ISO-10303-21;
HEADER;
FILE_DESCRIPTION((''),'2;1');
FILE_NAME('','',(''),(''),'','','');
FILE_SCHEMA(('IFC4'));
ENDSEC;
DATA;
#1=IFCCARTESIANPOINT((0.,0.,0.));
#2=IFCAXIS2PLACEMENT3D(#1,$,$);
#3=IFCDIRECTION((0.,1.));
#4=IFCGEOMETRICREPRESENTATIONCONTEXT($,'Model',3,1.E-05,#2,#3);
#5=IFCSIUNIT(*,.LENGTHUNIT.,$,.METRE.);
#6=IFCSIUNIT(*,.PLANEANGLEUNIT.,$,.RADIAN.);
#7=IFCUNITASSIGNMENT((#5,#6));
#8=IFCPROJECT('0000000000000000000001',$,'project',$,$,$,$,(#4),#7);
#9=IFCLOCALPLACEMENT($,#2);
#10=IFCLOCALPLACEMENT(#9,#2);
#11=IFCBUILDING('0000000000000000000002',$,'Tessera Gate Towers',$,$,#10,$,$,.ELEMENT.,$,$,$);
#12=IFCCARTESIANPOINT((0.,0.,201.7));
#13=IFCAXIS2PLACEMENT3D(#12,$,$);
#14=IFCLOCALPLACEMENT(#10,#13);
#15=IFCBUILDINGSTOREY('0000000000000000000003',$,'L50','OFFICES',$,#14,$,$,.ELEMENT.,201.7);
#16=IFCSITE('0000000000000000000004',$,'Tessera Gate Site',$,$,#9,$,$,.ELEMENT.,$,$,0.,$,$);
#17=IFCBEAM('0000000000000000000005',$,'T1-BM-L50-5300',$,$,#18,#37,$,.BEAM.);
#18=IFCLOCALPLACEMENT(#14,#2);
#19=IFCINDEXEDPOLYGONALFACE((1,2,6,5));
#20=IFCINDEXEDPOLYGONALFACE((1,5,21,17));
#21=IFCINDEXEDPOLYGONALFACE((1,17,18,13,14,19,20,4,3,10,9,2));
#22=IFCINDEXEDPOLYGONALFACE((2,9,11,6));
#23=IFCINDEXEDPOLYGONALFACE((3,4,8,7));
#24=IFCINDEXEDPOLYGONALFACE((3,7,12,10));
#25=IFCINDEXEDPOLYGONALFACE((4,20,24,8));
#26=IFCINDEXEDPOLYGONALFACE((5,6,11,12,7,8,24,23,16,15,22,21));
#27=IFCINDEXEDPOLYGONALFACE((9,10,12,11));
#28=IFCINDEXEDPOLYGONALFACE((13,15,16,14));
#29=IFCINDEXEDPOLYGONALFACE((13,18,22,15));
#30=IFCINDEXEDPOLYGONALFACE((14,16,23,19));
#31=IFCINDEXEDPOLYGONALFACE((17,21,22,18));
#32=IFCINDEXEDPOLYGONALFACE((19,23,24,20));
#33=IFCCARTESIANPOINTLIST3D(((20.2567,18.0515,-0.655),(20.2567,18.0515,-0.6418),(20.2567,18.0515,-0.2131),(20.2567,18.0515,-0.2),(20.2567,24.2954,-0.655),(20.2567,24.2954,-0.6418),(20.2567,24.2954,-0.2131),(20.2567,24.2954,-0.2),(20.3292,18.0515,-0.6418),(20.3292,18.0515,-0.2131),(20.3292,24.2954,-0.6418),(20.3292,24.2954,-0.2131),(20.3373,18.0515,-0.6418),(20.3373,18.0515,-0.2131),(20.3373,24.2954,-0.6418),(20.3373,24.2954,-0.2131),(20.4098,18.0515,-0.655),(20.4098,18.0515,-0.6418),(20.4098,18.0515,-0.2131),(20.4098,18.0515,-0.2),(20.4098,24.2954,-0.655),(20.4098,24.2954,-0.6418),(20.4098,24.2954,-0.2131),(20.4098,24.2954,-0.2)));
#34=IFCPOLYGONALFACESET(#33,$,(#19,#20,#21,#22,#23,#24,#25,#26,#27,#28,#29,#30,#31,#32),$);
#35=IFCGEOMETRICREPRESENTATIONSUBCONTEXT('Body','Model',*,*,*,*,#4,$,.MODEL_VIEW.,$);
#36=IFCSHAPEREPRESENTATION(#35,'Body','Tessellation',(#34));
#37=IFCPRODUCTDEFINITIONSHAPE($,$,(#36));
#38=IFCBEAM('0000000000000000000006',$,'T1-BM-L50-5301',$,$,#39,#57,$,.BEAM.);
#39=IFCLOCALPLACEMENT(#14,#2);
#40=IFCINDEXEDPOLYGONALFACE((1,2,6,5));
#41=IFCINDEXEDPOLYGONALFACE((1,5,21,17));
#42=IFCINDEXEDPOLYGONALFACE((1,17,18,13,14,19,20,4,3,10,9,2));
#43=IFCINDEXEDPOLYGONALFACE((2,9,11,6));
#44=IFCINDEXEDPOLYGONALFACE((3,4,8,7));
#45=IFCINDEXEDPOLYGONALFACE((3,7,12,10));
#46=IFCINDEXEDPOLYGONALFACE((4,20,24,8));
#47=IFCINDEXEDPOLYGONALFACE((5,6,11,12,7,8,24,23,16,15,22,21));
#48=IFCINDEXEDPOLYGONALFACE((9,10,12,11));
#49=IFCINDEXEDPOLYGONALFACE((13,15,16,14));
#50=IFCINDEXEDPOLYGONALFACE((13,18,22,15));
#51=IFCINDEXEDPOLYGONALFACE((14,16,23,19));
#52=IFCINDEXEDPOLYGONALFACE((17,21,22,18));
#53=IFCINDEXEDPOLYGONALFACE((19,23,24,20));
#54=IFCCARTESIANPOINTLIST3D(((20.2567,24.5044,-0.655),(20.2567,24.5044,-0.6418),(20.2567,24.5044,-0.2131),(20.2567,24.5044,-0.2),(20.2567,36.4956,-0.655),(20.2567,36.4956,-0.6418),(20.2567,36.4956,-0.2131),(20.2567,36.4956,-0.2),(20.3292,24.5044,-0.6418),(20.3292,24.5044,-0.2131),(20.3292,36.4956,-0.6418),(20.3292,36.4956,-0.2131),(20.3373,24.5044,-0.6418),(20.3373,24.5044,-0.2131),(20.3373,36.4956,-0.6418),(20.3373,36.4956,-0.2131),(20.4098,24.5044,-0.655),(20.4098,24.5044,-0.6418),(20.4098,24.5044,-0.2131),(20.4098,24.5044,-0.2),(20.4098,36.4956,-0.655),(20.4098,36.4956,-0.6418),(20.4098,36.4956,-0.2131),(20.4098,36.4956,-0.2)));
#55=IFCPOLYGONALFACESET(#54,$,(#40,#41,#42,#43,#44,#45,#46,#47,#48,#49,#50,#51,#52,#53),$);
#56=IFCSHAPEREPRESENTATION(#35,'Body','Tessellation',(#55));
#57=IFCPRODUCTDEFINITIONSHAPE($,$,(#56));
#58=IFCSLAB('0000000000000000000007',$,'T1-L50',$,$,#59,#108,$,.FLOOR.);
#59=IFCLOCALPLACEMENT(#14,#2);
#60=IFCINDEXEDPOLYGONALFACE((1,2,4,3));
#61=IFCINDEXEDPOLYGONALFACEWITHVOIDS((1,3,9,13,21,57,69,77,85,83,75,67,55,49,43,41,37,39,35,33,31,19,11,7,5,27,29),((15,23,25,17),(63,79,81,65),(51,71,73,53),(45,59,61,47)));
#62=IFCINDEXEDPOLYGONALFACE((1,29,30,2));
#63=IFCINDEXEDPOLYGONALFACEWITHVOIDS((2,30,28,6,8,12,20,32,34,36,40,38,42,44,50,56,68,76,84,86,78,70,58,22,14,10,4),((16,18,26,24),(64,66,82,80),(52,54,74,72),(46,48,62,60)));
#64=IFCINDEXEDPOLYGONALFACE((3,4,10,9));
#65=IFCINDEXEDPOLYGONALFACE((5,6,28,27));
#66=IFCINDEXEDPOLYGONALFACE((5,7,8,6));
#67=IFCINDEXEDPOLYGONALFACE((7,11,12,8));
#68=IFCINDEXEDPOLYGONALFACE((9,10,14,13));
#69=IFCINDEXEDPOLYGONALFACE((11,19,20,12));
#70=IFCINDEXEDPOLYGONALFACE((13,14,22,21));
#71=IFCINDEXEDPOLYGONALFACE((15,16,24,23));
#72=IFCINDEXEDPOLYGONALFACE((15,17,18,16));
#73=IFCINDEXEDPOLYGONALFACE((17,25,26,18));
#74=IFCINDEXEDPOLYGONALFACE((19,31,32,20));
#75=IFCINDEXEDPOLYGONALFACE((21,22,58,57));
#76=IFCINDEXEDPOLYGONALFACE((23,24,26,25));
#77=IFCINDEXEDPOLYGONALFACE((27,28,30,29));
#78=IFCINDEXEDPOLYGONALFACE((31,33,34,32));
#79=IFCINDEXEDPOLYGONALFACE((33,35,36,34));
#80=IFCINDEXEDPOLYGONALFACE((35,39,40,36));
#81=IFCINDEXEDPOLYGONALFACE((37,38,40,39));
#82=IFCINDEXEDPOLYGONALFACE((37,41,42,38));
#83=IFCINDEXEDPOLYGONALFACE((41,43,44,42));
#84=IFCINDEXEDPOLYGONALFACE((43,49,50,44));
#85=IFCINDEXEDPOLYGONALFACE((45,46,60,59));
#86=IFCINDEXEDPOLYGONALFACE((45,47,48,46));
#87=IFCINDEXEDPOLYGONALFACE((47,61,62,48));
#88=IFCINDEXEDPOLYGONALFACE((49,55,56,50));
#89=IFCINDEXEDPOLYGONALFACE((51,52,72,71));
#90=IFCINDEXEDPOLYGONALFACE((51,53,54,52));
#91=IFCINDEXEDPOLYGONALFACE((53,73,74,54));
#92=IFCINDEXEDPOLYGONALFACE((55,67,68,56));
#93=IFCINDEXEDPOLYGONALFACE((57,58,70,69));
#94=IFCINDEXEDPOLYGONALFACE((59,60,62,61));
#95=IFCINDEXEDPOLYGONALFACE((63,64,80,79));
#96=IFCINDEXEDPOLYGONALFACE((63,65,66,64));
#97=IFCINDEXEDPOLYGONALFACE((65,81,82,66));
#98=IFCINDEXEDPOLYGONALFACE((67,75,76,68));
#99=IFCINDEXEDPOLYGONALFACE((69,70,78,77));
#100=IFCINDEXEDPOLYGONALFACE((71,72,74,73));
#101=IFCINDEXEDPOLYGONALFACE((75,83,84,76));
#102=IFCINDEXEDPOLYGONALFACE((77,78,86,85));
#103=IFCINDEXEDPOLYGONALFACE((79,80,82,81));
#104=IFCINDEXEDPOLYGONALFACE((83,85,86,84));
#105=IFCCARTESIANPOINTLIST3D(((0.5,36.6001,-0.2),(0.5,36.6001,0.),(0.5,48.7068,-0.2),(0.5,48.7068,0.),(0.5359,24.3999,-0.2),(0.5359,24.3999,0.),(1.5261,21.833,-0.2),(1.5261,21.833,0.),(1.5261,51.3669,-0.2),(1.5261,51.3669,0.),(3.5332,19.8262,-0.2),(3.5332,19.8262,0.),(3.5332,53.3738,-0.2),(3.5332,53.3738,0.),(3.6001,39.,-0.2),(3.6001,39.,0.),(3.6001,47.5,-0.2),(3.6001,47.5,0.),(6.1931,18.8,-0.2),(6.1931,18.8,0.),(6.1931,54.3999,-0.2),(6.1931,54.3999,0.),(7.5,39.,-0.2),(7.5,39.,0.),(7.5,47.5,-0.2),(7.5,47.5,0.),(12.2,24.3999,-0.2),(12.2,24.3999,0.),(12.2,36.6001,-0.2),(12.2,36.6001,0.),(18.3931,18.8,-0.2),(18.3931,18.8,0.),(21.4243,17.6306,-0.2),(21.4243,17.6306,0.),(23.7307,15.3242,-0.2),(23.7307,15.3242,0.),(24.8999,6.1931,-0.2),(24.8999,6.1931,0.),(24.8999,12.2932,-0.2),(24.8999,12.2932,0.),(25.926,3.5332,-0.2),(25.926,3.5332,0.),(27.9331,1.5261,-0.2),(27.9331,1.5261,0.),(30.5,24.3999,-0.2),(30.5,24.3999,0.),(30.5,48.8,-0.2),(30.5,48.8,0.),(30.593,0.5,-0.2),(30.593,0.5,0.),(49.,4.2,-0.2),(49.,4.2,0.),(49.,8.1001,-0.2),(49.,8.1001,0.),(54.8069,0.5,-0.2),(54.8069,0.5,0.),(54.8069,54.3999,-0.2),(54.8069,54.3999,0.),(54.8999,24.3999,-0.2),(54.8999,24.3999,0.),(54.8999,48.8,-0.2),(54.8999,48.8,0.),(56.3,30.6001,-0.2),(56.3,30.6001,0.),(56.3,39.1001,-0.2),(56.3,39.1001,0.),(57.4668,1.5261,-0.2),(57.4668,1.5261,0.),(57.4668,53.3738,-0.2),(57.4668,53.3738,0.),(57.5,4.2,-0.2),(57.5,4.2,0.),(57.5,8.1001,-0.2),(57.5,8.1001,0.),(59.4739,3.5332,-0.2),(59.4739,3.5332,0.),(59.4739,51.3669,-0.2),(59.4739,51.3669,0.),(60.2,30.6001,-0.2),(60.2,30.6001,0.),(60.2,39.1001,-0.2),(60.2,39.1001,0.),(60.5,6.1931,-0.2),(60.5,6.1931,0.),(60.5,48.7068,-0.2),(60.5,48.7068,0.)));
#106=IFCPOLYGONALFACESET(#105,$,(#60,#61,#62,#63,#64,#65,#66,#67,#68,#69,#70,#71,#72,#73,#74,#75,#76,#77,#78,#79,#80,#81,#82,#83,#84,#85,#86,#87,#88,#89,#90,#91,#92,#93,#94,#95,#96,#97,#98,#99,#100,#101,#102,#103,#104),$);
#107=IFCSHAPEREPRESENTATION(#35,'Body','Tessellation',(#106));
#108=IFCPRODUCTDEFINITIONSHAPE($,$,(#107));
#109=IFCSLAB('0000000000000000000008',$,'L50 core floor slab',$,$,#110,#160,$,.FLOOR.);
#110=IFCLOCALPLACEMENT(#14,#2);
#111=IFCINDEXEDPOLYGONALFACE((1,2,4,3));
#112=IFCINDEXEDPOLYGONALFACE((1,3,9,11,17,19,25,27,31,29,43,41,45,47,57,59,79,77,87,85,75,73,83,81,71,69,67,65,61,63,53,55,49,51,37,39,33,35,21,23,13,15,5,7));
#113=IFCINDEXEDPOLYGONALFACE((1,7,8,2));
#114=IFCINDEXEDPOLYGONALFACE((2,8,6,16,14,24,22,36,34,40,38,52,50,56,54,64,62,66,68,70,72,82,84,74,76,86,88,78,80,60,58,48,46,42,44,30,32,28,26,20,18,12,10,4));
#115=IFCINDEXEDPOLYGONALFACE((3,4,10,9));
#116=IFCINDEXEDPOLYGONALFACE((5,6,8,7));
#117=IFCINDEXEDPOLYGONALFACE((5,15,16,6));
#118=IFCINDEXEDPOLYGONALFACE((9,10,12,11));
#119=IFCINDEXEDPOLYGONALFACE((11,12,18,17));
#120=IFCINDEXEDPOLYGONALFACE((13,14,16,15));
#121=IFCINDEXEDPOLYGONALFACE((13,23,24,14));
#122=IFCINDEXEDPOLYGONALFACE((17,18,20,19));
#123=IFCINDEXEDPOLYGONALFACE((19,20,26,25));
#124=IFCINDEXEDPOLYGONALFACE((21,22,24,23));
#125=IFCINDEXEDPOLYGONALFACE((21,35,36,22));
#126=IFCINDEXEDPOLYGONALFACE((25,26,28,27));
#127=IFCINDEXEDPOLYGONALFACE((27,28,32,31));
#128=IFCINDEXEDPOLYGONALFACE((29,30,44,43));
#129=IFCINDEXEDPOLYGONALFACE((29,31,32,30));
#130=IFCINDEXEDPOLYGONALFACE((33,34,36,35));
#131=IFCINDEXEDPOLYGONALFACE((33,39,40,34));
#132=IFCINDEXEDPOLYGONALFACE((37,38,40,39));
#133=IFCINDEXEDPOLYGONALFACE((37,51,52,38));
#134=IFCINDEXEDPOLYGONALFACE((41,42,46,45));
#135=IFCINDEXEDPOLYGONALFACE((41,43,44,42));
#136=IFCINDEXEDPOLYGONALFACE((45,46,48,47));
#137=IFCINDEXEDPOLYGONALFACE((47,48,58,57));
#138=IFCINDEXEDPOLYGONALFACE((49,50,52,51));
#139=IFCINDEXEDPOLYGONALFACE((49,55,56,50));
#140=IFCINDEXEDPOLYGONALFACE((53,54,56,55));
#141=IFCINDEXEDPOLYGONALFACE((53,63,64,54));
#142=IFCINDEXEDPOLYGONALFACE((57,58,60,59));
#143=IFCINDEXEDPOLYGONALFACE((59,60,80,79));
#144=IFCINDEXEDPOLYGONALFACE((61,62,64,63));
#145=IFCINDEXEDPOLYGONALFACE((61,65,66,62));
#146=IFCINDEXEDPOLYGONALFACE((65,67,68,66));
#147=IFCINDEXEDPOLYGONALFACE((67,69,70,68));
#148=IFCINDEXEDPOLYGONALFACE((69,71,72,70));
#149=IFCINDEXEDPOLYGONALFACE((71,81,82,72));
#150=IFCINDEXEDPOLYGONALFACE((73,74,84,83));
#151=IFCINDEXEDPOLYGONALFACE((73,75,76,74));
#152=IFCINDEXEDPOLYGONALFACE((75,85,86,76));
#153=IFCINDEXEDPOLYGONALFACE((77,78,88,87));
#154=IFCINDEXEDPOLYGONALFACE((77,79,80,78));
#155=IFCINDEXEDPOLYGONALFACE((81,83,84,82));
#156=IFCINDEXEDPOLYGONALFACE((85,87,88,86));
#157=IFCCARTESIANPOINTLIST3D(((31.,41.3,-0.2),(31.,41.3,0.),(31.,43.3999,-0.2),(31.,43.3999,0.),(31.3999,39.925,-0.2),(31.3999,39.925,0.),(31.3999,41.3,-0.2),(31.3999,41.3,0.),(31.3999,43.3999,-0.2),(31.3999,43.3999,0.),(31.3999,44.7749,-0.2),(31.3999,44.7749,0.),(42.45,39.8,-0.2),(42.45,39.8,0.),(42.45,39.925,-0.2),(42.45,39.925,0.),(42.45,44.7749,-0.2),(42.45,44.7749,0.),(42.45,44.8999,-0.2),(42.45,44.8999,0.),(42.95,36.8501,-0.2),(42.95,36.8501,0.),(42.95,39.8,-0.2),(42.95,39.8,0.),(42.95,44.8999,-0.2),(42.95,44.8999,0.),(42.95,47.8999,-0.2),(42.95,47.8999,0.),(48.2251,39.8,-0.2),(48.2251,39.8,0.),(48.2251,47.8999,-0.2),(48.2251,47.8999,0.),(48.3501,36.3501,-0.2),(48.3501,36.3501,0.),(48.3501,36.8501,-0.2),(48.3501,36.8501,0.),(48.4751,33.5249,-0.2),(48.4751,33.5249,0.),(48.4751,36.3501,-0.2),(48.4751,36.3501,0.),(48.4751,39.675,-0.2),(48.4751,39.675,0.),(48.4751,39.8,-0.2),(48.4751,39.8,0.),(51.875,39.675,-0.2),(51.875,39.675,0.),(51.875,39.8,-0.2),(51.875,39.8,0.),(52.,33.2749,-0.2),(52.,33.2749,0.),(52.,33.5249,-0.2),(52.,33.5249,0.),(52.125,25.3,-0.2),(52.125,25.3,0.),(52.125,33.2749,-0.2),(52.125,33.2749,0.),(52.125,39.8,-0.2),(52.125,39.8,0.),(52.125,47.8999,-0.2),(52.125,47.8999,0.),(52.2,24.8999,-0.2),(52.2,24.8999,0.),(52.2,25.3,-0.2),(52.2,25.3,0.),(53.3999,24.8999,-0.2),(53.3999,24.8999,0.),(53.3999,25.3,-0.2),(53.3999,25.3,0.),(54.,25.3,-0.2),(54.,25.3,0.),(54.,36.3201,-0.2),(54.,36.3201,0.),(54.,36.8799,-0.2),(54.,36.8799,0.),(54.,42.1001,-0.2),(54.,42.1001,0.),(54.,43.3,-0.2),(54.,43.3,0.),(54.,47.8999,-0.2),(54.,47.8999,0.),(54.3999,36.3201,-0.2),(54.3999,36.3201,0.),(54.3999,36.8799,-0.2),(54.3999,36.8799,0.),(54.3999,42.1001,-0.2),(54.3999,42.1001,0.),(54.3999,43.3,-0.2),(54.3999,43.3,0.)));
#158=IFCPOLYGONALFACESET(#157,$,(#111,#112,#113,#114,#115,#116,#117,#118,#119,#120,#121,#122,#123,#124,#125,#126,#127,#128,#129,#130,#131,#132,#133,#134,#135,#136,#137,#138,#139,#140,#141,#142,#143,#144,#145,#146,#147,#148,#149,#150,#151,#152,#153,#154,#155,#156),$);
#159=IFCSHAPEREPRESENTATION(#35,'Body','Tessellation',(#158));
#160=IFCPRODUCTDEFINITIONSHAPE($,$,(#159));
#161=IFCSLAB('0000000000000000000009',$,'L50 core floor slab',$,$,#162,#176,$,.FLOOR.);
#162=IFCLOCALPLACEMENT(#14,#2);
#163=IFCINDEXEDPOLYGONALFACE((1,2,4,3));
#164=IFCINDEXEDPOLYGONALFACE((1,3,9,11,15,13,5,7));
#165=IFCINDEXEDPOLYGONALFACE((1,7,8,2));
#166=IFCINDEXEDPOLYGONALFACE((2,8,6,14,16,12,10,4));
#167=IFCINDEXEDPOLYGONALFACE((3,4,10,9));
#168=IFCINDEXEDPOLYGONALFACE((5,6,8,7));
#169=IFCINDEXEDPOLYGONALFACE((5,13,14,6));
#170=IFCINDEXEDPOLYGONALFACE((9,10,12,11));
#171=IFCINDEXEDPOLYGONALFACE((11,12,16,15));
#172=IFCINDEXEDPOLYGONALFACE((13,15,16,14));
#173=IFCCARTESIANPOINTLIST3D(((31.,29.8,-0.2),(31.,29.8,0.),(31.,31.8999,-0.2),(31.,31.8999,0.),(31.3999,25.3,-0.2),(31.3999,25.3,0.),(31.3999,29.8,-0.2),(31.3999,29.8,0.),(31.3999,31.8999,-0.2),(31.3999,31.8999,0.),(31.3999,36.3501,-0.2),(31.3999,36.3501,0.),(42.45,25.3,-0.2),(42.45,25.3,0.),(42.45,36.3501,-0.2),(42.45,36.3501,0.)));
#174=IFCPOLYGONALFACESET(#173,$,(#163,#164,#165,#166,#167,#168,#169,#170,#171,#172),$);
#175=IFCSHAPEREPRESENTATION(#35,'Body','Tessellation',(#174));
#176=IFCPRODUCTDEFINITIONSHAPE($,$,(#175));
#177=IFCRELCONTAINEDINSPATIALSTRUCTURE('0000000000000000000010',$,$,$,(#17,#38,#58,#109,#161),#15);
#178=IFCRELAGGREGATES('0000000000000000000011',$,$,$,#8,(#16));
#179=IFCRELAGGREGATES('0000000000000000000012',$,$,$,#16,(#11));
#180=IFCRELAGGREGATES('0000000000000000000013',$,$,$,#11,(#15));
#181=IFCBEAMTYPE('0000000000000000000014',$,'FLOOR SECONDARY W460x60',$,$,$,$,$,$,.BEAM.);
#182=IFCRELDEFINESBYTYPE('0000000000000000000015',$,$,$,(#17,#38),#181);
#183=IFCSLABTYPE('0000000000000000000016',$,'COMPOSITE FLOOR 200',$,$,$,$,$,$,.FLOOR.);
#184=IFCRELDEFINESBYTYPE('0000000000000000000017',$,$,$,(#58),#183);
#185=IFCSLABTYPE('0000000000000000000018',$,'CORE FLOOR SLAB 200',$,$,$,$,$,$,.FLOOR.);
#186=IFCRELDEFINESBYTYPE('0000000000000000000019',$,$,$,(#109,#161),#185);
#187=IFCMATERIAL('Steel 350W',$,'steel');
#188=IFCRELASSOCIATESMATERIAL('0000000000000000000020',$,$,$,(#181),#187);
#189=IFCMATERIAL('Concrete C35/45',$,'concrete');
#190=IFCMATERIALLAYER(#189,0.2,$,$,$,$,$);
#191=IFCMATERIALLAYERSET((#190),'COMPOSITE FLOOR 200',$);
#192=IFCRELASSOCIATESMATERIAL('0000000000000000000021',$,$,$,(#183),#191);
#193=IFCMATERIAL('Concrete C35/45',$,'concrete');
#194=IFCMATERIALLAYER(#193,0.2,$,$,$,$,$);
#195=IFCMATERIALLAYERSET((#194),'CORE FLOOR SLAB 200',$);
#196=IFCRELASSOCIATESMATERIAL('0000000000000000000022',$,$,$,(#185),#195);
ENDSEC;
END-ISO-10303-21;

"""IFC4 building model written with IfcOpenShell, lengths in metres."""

from ifc_helpers import new_model, si_unit, direction, frame, origin, origin_2d, place, context, subcontext, project, spatial, polyline, i_section, outline, extrude, material, layer, layer_set, material_profile, profile_set, type_object, element, save


model = new_model("IFC4")

# Units and contexts
model_context = context("Model", 3, precision=1e-05, world=origin(), true_north=direction((0.0, 1.0)))
body_context = subcontext(model_context, "Body", "Model", "MODEL_VIEW")
ifc_project = project(units=[si_unit("LENGTHUNIT", "METRE"), si_unit("PLANEANGLEUNIT", "RADIAN")], contexts=[model_context])

# Site, building, storey
site_placement = place(None, origin())
site = spatial("IfcSite", under=ifc_project, at=site_placement, Name="Tessera Gate Site", CompositionType="ELEMENT", RefElevation=0.0)
building_placement = place(site_placement, origin())
building = spatial("IfcBuilding", under=site, at=building_placement, Name="Tessera Gate Towers", CompositionType="ELEMENT")
storey_placement = place(building_placement, frame((0.0, 0.0, 201.7)))
storey = spatial("IfcBuildingStorey", under=building, at=storey_placement, Name="L50", Description="OFFICES", CompositionType="ELEMENT", Elevation=201.7)

# Beams
ifc_material_1 = material(Name="Steel 350W", Category="steel")
ifc_material_profile_1 = material_profile(ifc_material_1, i_section(OverallWidth=0.1531, OverallDepth=0.4551, WebThickness=0.0081, FlangeThickness=0.0132, at=origin_2d()), Name="W460x60")
ifc_profile_set_1 = profile_set([ifc_material_profile_1], Name="Steel 350W")
beam_type_1 = type_object("IfcBeamType", Name="FLOOR SECONDARY W460x60", PredefinedType="BEAM", material=ifc_profile_set_1)
beam_1_placement = place(storey_placement, frame((20.3333, 18.0515, -0.4275), z_axis=(0.0, 1.0, 0.0), x_axis=(-1.0, 0.0, 0.0)))
element("IfcBeam", 1, at=beam_1_placement, inside=storey, type_object=beam_type_1, Name="T1-BM-L50-5300", PredefinedType="BEAM", context=body_context, shape_type="SweptSolid", body=[
    extrude(i_section(OverallWidth=0.1531, OverallDepth=0.4551, WebThickness=0.0081, FlangeThickness=0.0132, at=origin_2d()), origin(), (0.0, 0.0, 1.0), 6.2439),
])
beam_2_placement = place(storey_placement, frame((20.3333, 24.5044, -0.4275), z_axis=(0.0, 1.0, 0.0), x_axis=(-1.0, 0.0, 0.0)))
element("IfcBeam", 2, at=beam_2_placement, inside=storey, type_object=beam_type_1, Name="T1-BM-L50-5301", PredefinedType="BEAM", context=body_context, shape_type="SweptSolid", body=[
    extrude(i_section(OverallWidth=0.1531, OverallDepth=0.4551, WebThickness=0.0081, FlangeThickness=0.0132, at=origin_2d()), origin(), (0.0, 0.0, 1.0), 11.9912),
])

# Slabs
ifc_material_2 = material(Name="Concrete C35/45", Category="concrete")
ifc_layer_1 = layer(ifc_material_2, 0.2)
ifc_layer_set_1 = layer_set([ifc_layer_1], Name="COMPOSITE FLOOR 200")
slab_type_1 = type_object("IfcSlabType", Name="COMPOSITE FLOOR 200", PredefinedType="FLOOR", material=ifc_layer_set_1)
slab_1_placement = place(storey_placement, frame((0.0, 0.0, -0.2)))
element("IfcSlab", 3, at=slab_1_placement, inside=storey, type_object=slab_type_1, Name="T1-L50", PredefinedType="FLOOR", context=body_context, shape_type="SweptSolid", body=[
    extrude(outline(polyline([(0.5, 36.6001), (12.2, 36.6001), (12.2, 24.3999), (0.5359, 24.3999), (1.5261, 21.833), (3.5332, 19.8262), (6.1931, 18.8), (18.3931, 18.8), (21.4243, 17.6306), (23.7307, 15.3242), (24.8999, 12.2932), (24.8999, 6.1931), (25.926, 3.5332), (27.9331, 1.5261), (30.593, 0.5), (54.8069, 0.5), (57.4668, 1.5261), (59.4739, 3.5332), (60.5, 6.1931), (60.5, 48.7068), (59.4739, 51.3669), (57.4668, 53.3738), (54.8069, 54.3999), (6.1931, 54.3999), (3.5332, 53.3738), (1.5261, 51.3669), (0.5, 48.7068), (0.5, 36.6001)]), holes=[polyline([(3.6001, 39.0), (3.6001, 47.5), (7.5, 47.5), (7.5, 39.0), (3.6001, 39.0)]), polyline([(30.5, 24.3999), (30.5, 48.8), (54.8999, 48.8), (54.8999, 24.3999), (30.5, 24.3999)]), polyline([(49.0, 4.2), (49.0, 8.1001), (57.5, 8.1001), (57.5, 4.2), (49.0, 4.2)]), polyline([(56.3, 30.6001), (56.3, 39.1001), (60.2, 39.1001), (60.2, 30.6001), (56.3, 30.6001)])]), origin(), (0.0, 0.0, 1.0), 0.2),
])
ifc_material_3 = material(Name="Concrete C35/45", Category="concrete")
ifc_layer_2 = layer(ifc_material_3, 0.2)
ifc_layer_set_2 = layer_set([ifc_layer_2], Name="CORE FLOOR SLAB 200")
slab_type_2 = type_object("IfcSlabType", Name="CORE FLOOR SLAB 200", PredefinedType="FLOOR", material=ifc_layer_set_2)
slab_2_placement = place(storey_placement, frame((0.0, 0.0, -0.2)))
element("IfcSlab", 4, at=slab_2_placement, inside=storey, type_object=slab_type_2, Name="L50 core floor slab", PredefinedType="FLOOR", context=body_context, shape_type="SweptSolid", body=[
    extrude(outline(polyline([(42.45, 44.8999), (42.45, 44.7749), (31.3999, 44.7749), (31.3999, 43.3999), (31.0, 43.3999), (31.0, 41.3), (31.3999, 41.3), (31.3999, 39.925), (42.45, 39.925), (42.45, 39.8), (42.95, 39.8), (42.95, 36.8501), (48.3501, 36.8501), (48.3501, 36.3501), (48.4751, 36.3501), (48.4751, 33.5249), (52.0, 33.5249), (52.0, 33.2749), (52.125, 33.2749), (52.125, 25.3), (52.2, 25.3), (52.2, 24.8999), (53.3999, 24.8999), (53.3999, 25.3), (54.0, 25.3), (54.0, 36.3201), (54.3999, 36.3201), (54.3999, 36.8799), (54.0, 36.8799), (54.0, 42.1001), (54.3999, 42.1001), (54.3999, 43.3), (54.0, 43.3), (54.0, 47.8999), (52.125, 47.8999), (52.125, 39.8), (51.875, 39.8), (51.875, 39.675), (48.4751, 39.675), (48.4751, 39.8), (48.2251, 39.8), (48.2251, 47.8999), (42.95, 47.8999), (42.95, 44.8999), (42.45, 44.8999)])), origin(), (0.0, 0.0, 1.0), 0.2),
])
slab_3_placement = place(storey_placement, frame((0.0, 0.0, -0.2)))
element("IfcSlab", 5, at=slab_3_placement, inside=storey, type_object=slab_type_2, Name="L50 core floor slab", PredefinedType="FLOOR", context=body_context, shape_type="SweptSolid", body=[
    extrude(outline(polyline([(31.3999, 36.3501), (31.3999, 31.8999), (31.0, 31.8999), (31.0, 29.8), (31.3999, 29.8), (31.3999, 25.3), (42.45, 25.3), (42.45, 36.3501), (31.3999, 36.3501)])), origin(), (0.0, 0.0, 1.0), 0.2),
])

save(model, "model.ifc")
